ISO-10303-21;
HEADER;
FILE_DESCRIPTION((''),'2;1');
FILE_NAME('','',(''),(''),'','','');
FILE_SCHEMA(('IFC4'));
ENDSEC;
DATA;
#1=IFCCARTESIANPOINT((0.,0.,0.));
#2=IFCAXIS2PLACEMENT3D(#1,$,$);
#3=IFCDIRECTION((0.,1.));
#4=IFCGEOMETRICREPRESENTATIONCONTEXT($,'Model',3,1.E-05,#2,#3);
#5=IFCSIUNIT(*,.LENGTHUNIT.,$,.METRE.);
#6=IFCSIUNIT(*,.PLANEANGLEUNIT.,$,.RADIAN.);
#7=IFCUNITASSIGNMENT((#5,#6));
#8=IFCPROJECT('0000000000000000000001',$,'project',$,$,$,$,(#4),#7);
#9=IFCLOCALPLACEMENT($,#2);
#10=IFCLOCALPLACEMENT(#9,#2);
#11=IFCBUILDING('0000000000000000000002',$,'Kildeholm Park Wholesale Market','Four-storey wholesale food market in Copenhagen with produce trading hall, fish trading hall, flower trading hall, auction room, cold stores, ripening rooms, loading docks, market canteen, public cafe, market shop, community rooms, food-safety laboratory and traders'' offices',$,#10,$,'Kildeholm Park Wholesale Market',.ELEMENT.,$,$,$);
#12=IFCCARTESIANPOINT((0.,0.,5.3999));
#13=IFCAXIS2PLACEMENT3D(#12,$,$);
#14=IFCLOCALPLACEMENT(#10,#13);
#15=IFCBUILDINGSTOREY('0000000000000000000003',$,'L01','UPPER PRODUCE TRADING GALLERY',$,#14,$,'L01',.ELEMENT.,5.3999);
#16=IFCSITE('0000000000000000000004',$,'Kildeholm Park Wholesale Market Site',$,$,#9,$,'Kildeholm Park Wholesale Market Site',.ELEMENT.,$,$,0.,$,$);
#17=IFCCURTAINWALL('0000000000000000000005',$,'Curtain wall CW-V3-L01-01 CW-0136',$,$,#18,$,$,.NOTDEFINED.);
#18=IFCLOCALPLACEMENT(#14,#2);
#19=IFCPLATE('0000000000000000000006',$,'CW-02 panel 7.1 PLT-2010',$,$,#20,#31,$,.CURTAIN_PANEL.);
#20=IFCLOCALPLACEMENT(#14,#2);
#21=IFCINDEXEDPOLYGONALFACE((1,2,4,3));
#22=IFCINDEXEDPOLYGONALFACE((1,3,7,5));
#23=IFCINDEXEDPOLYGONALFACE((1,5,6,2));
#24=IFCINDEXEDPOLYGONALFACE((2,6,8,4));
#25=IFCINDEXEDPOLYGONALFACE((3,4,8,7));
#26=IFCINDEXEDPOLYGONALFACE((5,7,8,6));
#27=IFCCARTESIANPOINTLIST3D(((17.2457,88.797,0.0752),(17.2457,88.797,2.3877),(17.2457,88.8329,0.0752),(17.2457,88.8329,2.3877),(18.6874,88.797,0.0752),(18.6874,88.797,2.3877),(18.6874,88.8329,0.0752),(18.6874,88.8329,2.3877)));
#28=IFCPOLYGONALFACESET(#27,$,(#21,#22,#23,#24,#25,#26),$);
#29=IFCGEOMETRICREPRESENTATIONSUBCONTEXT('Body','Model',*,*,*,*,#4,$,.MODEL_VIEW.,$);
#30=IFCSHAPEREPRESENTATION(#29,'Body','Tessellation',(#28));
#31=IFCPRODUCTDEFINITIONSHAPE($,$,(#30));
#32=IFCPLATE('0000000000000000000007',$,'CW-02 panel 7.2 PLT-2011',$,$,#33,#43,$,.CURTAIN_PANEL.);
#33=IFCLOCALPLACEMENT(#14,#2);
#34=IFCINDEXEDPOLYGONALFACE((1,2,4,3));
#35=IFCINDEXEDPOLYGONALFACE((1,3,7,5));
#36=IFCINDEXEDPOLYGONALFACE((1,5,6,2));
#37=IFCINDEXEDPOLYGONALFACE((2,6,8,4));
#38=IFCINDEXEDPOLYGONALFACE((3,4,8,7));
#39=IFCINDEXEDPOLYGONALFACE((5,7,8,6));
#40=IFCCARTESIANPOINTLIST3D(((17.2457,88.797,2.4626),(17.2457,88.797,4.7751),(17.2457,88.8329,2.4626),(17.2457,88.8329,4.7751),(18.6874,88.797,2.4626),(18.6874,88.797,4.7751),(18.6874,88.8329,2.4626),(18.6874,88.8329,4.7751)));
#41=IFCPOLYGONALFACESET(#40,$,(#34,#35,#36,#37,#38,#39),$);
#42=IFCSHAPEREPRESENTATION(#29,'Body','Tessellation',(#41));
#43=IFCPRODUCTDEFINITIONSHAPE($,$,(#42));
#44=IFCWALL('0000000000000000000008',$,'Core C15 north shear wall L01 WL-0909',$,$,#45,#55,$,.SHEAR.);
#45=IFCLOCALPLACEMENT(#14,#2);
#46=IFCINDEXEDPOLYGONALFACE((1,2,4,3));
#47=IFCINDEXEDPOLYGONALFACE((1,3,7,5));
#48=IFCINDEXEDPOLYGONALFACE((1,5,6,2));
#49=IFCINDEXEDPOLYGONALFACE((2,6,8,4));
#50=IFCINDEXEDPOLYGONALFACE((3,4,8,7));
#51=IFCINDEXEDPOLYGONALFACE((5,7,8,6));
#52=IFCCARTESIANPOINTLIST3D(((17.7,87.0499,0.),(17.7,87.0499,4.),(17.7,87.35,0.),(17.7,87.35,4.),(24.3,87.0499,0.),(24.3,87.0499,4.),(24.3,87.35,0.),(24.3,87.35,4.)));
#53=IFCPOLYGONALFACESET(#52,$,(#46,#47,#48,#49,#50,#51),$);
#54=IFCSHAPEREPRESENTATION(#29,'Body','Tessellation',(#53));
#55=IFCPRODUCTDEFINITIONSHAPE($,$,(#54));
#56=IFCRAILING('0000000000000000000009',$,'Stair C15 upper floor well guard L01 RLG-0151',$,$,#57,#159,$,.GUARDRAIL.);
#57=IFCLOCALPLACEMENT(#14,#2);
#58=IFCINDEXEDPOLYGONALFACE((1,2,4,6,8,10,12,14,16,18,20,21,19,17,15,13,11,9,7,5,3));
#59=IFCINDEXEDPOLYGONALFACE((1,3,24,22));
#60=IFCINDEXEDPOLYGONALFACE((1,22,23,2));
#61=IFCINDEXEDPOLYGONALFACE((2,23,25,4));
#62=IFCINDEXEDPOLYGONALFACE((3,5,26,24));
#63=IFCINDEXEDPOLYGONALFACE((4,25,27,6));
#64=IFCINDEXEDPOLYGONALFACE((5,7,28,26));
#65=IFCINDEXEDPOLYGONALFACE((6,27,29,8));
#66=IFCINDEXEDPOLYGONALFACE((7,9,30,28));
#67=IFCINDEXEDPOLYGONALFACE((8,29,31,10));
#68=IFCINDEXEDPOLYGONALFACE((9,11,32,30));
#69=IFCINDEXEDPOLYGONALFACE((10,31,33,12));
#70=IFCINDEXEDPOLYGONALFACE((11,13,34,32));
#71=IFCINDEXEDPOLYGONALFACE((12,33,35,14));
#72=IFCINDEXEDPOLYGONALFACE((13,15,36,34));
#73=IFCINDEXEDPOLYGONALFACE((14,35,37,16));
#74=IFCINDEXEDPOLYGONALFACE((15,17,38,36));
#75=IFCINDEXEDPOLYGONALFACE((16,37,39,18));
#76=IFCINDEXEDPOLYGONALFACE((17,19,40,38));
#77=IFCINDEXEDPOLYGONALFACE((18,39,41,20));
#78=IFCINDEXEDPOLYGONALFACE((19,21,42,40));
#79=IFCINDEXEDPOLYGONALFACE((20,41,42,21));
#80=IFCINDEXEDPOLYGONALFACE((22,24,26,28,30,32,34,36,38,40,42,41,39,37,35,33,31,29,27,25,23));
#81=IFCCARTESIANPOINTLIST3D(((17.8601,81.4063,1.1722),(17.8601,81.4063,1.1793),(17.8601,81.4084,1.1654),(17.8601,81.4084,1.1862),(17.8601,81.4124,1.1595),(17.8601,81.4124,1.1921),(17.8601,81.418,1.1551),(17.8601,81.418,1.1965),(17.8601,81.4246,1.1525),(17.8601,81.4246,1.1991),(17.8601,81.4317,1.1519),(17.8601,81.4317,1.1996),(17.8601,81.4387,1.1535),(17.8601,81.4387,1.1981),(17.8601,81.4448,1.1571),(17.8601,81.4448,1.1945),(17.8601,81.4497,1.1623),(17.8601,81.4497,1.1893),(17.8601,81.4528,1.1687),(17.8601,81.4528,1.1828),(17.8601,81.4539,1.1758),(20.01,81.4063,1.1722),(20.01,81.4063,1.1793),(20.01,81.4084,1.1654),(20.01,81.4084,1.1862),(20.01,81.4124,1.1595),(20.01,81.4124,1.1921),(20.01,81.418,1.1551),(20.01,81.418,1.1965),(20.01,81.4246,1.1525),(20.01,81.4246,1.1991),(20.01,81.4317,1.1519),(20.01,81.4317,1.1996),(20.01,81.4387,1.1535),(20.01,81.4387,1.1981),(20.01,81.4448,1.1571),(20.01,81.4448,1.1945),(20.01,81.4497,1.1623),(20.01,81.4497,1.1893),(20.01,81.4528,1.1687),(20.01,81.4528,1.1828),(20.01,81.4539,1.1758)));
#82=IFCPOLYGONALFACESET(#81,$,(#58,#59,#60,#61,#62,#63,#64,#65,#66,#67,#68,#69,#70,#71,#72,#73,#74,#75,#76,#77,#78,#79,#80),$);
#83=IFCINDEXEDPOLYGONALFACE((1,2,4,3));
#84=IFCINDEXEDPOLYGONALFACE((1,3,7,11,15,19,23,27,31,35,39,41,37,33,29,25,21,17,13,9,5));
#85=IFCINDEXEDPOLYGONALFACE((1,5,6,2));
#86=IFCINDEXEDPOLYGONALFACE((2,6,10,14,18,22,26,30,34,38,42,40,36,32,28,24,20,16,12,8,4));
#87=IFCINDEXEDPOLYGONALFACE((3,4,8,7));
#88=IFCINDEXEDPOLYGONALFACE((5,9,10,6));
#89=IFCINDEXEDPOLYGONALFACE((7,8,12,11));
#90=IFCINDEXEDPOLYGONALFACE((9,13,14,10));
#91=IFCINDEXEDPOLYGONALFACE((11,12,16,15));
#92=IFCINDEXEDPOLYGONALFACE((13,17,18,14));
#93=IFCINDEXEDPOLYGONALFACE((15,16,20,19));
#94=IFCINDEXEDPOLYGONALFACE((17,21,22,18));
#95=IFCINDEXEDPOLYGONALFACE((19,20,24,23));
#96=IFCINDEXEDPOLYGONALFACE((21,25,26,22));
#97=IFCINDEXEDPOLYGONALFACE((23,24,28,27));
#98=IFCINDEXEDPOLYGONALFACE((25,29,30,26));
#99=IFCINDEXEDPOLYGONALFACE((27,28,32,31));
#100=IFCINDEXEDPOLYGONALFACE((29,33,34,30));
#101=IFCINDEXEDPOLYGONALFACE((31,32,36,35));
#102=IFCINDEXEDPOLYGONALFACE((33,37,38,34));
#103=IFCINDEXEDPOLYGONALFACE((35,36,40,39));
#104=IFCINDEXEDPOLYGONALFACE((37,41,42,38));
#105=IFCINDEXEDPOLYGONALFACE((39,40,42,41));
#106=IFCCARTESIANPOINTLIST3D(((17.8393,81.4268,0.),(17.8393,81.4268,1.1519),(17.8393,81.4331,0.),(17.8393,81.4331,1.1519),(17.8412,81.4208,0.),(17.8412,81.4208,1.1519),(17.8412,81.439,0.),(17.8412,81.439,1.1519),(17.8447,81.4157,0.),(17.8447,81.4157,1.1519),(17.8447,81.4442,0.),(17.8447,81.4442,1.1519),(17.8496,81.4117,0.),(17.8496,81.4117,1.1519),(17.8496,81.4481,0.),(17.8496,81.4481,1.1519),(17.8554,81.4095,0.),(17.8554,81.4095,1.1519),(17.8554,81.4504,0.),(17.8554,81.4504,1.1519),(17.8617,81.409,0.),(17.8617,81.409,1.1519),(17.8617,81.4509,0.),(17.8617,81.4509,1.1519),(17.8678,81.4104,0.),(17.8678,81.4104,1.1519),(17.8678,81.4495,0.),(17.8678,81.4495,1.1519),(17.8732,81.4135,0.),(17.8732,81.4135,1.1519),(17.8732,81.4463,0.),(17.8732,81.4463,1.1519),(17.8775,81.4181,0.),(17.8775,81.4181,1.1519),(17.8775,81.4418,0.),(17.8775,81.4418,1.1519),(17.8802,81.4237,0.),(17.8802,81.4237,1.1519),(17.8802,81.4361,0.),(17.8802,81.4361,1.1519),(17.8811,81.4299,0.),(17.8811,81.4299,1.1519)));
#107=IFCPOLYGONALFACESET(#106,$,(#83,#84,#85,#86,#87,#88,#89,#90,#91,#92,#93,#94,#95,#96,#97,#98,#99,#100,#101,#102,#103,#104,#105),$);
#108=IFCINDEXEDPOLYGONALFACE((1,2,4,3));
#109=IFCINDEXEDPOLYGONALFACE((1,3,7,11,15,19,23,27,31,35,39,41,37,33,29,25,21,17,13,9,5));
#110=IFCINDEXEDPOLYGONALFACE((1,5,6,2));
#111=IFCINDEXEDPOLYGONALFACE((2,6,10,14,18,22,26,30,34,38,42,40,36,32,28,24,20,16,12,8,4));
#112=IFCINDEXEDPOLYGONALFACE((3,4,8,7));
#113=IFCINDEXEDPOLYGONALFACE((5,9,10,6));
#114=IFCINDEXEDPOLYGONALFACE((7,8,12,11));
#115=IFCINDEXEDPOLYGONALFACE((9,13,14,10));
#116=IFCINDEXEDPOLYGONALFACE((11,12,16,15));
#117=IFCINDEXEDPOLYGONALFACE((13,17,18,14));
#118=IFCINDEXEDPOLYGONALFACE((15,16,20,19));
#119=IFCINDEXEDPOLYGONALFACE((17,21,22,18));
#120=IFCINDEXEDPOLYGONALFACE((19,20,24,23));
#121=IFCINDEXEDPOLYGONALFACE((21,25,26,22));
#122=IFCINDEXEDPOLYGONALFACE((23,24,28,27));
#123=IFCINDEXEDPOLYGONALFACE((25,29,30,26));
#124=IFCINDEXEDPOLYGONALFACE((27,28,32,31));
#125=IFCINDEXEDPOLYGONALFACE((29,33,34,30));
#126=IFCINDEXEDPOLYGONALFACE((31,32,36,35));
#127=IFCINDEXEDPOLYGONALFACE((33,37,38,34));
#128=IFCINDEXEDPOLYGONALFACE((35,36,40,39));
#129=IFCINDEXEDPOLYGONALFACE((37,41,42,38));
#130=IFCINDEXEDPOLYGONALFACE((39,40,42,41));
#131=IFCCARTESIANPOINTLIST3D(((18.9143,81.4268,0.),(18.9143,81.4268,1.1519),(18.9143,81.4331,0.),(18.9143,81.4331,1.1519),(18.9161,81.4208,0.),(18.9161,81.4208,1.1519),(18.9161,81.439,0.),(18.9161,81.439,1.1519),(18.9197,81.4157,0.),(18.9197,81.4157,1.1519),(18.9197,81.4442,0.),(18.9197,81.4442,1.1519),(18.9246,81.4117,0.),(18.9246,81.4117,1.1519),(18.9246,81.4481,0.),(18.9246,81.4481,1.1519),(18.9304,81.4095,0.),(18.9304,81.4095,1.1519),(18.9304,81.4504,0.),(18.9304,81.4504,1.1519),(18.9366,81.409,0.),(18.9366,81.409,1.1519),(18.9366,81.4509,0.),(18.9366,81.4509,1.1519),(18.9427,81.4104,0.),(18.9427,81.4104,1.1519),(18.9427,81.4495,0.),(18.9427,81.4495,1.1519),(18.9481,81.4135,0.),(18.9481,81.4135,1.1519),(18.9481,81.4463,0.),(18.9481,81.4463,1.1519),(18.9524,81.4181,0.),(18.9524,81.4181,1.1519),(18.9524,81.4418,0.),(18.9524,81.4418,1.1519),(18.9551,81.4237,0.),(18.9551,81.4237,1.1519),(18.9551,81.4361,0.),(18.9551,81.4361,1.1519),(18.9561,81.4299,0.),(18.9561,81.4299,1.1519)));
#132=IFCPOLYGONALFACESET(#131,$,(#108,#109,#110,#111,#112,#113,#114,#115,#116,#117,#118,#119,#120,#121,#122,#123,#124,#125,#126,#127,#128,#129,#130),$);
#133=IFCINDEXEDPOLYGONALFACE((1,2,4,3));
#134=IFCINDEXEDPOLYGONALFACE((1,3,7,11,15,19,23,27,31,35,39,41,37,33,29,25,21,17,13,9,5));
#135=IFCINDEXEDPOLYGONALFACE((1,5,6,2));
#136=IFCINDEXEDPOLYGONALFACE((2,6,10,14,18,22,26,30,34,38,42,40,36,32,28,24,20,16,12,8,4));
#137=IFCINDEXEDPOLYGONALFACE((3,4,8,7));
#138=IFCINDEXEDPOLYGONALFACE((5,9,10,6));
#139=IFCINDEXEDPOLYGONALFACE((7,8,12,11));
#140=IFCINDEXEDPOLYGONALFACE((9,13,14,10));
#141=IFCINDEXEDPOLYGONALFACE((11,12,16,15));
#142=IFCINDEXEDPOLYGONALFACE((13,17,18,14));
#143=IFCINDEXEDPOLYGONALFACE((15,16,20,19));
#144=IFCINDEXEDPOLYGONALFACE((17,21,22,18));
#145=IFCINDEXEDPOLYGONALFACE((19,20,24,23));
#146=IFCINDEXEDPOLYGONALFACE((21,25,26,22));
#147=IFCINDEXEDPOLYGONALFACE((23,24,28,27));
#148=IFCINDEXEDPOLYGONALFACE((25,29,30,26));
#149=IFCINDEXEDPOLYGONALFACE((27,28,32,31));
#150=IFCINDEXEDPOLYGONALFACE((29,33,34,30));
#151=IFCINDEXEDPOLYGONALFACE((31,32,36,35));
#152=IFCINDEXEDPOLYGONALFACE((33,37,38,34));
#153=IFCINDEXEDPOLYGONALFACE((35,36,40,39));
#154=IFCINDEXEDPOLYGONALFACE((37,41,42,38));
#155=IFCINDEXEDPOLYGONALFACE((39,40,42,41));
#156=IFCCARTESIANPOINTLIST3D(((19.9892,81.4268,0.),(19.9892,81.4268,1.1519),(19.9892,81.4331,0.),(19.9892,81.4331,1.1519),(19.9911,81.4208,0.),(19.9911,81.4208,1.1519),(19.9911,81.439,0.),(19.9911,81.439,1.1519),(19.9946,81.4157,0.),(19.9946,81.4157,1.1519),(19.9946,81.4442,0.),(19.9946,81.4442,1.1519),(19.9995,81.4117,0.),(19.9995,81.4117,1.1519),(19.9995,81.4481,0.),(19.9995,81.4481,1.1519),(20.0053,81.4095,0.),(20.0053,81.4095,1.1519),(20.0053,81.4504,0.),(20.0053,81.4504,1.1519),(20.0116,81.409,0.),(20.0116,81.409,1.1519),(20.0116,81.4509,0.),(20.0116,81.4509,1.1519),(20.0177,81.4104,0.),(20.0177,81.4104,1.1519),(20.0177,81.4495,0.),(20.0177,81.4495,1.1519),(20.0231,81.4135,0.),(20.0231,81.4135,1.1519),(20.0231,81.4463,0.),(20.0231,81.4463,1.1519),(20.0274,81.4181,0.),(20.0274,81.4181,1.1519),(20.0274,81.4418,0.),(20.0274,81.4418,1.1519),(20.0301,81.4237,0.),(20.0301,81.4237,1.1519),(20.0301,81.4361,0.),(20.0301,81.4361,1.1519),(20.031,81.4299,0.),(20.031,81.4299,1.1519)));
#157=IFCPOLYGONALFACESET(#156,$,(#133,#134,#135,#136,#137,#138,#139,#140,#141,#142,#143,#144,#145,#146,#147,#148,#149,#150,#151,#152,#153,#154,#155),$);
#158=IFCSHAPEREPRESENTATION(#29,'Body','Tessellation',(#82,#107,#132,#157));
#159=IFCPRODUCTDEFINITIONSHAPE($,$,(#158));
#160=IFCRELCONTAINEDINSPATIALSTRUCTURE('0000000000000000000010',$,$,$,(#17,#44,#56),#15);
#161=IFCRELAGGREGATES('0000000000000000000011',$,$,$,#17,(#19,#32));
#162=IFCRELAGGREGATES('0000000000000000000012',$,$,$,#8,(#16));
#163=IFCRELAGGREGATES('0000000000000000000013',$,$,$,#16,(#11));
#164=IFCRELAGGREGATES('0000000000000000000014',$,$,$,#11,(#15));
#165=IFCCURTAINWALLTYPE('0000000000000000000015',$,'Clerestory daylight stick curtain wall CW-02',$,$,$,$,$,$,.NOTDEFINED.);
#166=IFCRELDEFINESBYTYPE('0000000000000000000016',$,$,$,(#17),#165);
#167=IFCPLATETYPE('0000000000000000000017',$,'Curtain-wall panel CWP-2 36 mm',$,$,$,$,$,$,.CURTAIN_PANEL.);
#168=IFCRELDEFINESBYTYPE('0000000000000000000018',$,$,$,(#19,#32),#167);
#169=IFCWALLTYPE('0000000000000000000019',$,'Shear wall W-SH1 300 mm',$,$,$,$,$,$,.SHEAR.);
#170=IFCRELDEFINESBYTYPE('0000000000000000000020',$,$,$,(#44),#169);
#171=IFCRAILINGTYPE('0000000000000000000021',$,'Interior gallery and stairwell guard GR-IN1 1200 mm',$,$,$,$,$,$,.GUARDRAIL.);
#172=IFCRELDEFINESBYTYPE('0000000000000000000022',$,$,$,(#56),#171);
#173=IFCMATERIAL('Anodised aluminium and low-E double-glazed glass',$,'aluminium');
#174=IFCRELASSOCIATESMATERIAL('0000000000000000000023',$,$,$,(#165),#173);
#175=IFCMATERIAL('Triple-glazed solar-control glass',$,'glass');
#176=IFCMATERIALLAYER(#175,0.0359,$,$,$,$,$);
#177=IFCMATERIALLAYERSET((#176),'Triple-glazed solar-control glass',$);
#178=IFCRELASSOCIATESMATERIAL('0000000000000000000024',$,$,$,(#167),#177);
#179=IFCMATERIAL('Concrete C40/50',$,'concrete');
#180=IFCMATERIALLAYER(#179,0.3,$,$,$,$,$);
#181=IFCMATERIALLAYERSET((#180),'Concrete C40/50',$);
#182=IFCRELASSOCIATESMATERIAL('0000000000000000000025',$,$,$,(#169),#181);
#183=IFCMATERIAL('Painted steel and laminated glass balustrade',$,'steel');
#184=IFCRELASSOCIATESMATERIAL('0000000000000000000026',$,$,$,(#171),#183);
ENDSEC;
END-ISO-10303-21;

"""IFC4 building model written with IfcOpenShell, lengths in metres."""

from ifc_helpers import new_model, si_unit, direction, frame, frame_2d, origin, origin_2d, place, context, subcontext, project, spatial, rectangle, circle, extrude, material, layer, layer_set, type_object, element, aggregate, save


model = new_model("IFC4")

# Units and contexts
model_context = context("Model", 3, precision=1e-05, world=origin(), true_north=direction((0.0, 1.0)))
body_context = subcontext(model_context, "Body", "Model", "MODEL_VIEW")
ifc_project = project(units=[si_unit("LENGTHUNIT", "METRE"), si_unit("PLANEANGLEUNIT", "RADIAN")], contexts=[model_context])

# Site, building, storey
site_placement = place(None, origin())
site = spatial("IfcSite", under=ifc_project, at=site_placement, Name="Kildeholm Park Wholesale Market Site", LongName="Kildeholm Park Wholesale Market Site", CompositionType="ELEMENT", RefElevation=0.0)
building_placement = place(site_placement, origin())
building = spatial("IfcBuilding", under=site, at=building_placement, Name="Kildeholm Park Wholesale Market", Description="Four-storey wholesale food market in Copenhagen with produce trading hall, fish trading hall, flower trading hall, auction room, cold stores, ripening rooms, loading docks, market canteen, public cafe, market shop, community rooms, food-safety laboratory and traders' offices", LongName="Kildeholm Park Wholesale Market", CompositionType="ELEMENT")
storey_placement = place(building_placement, frame((0.0, 0.0, 5.3999)))
storey = spatial("IfcBuildingStorey", under=building, at=storey_placement, Name="L01", Description="UPPER PRODUCE TRADING GALLERY", LongName="L01", CompositionType="ELEMENT", Elevation=5.3999)

# Curtain wall
ifc_material_1 = material(Name="Anodised aluminium and low-E double-glazed glass", Category="aluminium")
curtain_wall_type = type_object("IfcCurtainWallType", Name="Clerestory daylight stick curtain wall CW-02", PredefinedType="NOTDEFINED", material=ifc_material_1)
curtain_wall_1_placement = place(storey_placement, origin())
curtain_wall_1 = element("IfcCurtainWall", 1, at=curtain_wall_1_placement, inside=storey, type_object=curtain_wall_type, Name="Curtain wall CW-V3-L01-01 CW-0136", PredefinedType="NOTDEFINED")

# Plates
ifc_material_2 = material(Name="Triple-glazed solar-control glass", Category="glass")
ifc_layer_1 = layer(ifc_material_2, 0.0359)
ifc_layer_set_1 = layer_set([ifc_layer_1], Name="Triple-glazed solar-control glass")
plate_type = type_object("IfcPlateType", Name="Curtain-wall panel CWP-2 36 mm", PredefinedType="CURTAIN_PANEL", material=ifc_layer_set_1)
plate_1_placement = place(storey_placement, frame((17.9666, 88.8149, 0.0752), z_axis=(0.0, 0.0, 1.0), x_axis=(-1.0, 0.0, 0.0)))
plate_1 = element("IfcPlate", 2, at=plate_1_placement, type_object=plate_type, Name="CW-02 panel 7.1 PLT-2010", PredefinedType="CURTAIN_PANEL", context=body_context, shape_type="SweptSolid", body=[
    extrude(rectangle(XDim=1.4417, YDim=0.0359, at=origin_2d()), origin(), (0.0, 0.0, 1.0), 2.3125),
])
plate_2_placement = place(storey_placement, frame((17.9666, 88.8149, 2.4626), z_axis=(0.0, 0.0, 1.0), x_axis=(-1.0, 0.0, 0.0)))
plate_2 = element("IfcPlate", 3, at=plate_2_placement, type_object=plate_type, Name="CW-02 panel 7.2 PLT-2011", PredefinedType="CURTAIN_PANEL", context=body_context, shape_type="SweptSolid", body=[
    extrude(rectangle(XDim=1.4417, YDim=0.0359, at=origin_2d()), origin(), (0.0, 0.0, 1.0), 2.3125),
])
aggregate(curtain_wall_1, [plate_1, plate_2])

# Wall
ifc_material_3 = material(Name="Concrete C40/50", Category="concrete")
ifc_layer_2 = layer(ifc_material_3, 0.3)
ifc_layer_set_2 = layer_set([ifc_layer_2], Name="Concrete C40/50")
wall_type = type_object("IfcWallType", Name="Shear wall W-SH1 300 mm", PredefinedType="SHEAR", material=ifc_layer_set_2)
wall_placement = place(storey_placement, frame((17.7, 87.2, 0.0), z_axis=(0.0, 0.0, 1.0), x_axis=(1.0, 0.0, 0.0)))
element("IfcWall", 4, at=wall_placement, inside=storey, type_object=wall_type, Name="Core C15 north shear wall L01 WL-0909", PredefinedType="SHEAR", context=body_context, shape_type="SweptSolid", body=[
    extrude(rectangle(XDim=6.6001, YDim=0.3, at=frame_2d((3.3, 0.0))), origin(), (0.0, 0.0, 1.0), 4.0),
])

# Railing
ifc_material_4 = material(Name="Painted steel and laminated glass balustrade", Category="steel")
railing_type = type_object("IfcRailingType", Name="Interior gallery and stairwell guard GR-IN1 1200 mm", PredefinedType="GUARDRAIL", material=ifc_material_4)
railing_placement = place(storey_placement, frame((17.8601, 81.4299, 0.0)))
element("IfcRailing", 5, at=railing_placement, inside=storey, type_object=railing_type, Name="Stair C15 upper floor well guard L01 RLG-0151", PredefinedType="GUARDRAIL", context=body_context, shape_type="SweptSolid", body=[
    extrude(circle(Radius=0.0239, at=origin_2d()), frame((0.0, 0.0, 1.1758), z_axis=(1.0, 0.0, 0.0), x_axis=(0.0, 1.0, 0.0)), (0.0, 0.0, 1.0), 2.1499),
    extrude(circle(Radius=0.021, at=origin_2d()), origin(), (0.0, 0.0, 1.0), 1.1519),
    extrude(circle(Radius=0.021, at=origin_2d()), frame((1.075, 0.0, 0.0)), (0.0, 0.0, 1.0), 1.1519),
    extrude(circle(Radius=0.021, at=origin_2d()), frame((2.1499, 0.0, 0.0)), (0.0, 0.0, 1.0), 1.1519),
])

save(model, "model.ifc")
